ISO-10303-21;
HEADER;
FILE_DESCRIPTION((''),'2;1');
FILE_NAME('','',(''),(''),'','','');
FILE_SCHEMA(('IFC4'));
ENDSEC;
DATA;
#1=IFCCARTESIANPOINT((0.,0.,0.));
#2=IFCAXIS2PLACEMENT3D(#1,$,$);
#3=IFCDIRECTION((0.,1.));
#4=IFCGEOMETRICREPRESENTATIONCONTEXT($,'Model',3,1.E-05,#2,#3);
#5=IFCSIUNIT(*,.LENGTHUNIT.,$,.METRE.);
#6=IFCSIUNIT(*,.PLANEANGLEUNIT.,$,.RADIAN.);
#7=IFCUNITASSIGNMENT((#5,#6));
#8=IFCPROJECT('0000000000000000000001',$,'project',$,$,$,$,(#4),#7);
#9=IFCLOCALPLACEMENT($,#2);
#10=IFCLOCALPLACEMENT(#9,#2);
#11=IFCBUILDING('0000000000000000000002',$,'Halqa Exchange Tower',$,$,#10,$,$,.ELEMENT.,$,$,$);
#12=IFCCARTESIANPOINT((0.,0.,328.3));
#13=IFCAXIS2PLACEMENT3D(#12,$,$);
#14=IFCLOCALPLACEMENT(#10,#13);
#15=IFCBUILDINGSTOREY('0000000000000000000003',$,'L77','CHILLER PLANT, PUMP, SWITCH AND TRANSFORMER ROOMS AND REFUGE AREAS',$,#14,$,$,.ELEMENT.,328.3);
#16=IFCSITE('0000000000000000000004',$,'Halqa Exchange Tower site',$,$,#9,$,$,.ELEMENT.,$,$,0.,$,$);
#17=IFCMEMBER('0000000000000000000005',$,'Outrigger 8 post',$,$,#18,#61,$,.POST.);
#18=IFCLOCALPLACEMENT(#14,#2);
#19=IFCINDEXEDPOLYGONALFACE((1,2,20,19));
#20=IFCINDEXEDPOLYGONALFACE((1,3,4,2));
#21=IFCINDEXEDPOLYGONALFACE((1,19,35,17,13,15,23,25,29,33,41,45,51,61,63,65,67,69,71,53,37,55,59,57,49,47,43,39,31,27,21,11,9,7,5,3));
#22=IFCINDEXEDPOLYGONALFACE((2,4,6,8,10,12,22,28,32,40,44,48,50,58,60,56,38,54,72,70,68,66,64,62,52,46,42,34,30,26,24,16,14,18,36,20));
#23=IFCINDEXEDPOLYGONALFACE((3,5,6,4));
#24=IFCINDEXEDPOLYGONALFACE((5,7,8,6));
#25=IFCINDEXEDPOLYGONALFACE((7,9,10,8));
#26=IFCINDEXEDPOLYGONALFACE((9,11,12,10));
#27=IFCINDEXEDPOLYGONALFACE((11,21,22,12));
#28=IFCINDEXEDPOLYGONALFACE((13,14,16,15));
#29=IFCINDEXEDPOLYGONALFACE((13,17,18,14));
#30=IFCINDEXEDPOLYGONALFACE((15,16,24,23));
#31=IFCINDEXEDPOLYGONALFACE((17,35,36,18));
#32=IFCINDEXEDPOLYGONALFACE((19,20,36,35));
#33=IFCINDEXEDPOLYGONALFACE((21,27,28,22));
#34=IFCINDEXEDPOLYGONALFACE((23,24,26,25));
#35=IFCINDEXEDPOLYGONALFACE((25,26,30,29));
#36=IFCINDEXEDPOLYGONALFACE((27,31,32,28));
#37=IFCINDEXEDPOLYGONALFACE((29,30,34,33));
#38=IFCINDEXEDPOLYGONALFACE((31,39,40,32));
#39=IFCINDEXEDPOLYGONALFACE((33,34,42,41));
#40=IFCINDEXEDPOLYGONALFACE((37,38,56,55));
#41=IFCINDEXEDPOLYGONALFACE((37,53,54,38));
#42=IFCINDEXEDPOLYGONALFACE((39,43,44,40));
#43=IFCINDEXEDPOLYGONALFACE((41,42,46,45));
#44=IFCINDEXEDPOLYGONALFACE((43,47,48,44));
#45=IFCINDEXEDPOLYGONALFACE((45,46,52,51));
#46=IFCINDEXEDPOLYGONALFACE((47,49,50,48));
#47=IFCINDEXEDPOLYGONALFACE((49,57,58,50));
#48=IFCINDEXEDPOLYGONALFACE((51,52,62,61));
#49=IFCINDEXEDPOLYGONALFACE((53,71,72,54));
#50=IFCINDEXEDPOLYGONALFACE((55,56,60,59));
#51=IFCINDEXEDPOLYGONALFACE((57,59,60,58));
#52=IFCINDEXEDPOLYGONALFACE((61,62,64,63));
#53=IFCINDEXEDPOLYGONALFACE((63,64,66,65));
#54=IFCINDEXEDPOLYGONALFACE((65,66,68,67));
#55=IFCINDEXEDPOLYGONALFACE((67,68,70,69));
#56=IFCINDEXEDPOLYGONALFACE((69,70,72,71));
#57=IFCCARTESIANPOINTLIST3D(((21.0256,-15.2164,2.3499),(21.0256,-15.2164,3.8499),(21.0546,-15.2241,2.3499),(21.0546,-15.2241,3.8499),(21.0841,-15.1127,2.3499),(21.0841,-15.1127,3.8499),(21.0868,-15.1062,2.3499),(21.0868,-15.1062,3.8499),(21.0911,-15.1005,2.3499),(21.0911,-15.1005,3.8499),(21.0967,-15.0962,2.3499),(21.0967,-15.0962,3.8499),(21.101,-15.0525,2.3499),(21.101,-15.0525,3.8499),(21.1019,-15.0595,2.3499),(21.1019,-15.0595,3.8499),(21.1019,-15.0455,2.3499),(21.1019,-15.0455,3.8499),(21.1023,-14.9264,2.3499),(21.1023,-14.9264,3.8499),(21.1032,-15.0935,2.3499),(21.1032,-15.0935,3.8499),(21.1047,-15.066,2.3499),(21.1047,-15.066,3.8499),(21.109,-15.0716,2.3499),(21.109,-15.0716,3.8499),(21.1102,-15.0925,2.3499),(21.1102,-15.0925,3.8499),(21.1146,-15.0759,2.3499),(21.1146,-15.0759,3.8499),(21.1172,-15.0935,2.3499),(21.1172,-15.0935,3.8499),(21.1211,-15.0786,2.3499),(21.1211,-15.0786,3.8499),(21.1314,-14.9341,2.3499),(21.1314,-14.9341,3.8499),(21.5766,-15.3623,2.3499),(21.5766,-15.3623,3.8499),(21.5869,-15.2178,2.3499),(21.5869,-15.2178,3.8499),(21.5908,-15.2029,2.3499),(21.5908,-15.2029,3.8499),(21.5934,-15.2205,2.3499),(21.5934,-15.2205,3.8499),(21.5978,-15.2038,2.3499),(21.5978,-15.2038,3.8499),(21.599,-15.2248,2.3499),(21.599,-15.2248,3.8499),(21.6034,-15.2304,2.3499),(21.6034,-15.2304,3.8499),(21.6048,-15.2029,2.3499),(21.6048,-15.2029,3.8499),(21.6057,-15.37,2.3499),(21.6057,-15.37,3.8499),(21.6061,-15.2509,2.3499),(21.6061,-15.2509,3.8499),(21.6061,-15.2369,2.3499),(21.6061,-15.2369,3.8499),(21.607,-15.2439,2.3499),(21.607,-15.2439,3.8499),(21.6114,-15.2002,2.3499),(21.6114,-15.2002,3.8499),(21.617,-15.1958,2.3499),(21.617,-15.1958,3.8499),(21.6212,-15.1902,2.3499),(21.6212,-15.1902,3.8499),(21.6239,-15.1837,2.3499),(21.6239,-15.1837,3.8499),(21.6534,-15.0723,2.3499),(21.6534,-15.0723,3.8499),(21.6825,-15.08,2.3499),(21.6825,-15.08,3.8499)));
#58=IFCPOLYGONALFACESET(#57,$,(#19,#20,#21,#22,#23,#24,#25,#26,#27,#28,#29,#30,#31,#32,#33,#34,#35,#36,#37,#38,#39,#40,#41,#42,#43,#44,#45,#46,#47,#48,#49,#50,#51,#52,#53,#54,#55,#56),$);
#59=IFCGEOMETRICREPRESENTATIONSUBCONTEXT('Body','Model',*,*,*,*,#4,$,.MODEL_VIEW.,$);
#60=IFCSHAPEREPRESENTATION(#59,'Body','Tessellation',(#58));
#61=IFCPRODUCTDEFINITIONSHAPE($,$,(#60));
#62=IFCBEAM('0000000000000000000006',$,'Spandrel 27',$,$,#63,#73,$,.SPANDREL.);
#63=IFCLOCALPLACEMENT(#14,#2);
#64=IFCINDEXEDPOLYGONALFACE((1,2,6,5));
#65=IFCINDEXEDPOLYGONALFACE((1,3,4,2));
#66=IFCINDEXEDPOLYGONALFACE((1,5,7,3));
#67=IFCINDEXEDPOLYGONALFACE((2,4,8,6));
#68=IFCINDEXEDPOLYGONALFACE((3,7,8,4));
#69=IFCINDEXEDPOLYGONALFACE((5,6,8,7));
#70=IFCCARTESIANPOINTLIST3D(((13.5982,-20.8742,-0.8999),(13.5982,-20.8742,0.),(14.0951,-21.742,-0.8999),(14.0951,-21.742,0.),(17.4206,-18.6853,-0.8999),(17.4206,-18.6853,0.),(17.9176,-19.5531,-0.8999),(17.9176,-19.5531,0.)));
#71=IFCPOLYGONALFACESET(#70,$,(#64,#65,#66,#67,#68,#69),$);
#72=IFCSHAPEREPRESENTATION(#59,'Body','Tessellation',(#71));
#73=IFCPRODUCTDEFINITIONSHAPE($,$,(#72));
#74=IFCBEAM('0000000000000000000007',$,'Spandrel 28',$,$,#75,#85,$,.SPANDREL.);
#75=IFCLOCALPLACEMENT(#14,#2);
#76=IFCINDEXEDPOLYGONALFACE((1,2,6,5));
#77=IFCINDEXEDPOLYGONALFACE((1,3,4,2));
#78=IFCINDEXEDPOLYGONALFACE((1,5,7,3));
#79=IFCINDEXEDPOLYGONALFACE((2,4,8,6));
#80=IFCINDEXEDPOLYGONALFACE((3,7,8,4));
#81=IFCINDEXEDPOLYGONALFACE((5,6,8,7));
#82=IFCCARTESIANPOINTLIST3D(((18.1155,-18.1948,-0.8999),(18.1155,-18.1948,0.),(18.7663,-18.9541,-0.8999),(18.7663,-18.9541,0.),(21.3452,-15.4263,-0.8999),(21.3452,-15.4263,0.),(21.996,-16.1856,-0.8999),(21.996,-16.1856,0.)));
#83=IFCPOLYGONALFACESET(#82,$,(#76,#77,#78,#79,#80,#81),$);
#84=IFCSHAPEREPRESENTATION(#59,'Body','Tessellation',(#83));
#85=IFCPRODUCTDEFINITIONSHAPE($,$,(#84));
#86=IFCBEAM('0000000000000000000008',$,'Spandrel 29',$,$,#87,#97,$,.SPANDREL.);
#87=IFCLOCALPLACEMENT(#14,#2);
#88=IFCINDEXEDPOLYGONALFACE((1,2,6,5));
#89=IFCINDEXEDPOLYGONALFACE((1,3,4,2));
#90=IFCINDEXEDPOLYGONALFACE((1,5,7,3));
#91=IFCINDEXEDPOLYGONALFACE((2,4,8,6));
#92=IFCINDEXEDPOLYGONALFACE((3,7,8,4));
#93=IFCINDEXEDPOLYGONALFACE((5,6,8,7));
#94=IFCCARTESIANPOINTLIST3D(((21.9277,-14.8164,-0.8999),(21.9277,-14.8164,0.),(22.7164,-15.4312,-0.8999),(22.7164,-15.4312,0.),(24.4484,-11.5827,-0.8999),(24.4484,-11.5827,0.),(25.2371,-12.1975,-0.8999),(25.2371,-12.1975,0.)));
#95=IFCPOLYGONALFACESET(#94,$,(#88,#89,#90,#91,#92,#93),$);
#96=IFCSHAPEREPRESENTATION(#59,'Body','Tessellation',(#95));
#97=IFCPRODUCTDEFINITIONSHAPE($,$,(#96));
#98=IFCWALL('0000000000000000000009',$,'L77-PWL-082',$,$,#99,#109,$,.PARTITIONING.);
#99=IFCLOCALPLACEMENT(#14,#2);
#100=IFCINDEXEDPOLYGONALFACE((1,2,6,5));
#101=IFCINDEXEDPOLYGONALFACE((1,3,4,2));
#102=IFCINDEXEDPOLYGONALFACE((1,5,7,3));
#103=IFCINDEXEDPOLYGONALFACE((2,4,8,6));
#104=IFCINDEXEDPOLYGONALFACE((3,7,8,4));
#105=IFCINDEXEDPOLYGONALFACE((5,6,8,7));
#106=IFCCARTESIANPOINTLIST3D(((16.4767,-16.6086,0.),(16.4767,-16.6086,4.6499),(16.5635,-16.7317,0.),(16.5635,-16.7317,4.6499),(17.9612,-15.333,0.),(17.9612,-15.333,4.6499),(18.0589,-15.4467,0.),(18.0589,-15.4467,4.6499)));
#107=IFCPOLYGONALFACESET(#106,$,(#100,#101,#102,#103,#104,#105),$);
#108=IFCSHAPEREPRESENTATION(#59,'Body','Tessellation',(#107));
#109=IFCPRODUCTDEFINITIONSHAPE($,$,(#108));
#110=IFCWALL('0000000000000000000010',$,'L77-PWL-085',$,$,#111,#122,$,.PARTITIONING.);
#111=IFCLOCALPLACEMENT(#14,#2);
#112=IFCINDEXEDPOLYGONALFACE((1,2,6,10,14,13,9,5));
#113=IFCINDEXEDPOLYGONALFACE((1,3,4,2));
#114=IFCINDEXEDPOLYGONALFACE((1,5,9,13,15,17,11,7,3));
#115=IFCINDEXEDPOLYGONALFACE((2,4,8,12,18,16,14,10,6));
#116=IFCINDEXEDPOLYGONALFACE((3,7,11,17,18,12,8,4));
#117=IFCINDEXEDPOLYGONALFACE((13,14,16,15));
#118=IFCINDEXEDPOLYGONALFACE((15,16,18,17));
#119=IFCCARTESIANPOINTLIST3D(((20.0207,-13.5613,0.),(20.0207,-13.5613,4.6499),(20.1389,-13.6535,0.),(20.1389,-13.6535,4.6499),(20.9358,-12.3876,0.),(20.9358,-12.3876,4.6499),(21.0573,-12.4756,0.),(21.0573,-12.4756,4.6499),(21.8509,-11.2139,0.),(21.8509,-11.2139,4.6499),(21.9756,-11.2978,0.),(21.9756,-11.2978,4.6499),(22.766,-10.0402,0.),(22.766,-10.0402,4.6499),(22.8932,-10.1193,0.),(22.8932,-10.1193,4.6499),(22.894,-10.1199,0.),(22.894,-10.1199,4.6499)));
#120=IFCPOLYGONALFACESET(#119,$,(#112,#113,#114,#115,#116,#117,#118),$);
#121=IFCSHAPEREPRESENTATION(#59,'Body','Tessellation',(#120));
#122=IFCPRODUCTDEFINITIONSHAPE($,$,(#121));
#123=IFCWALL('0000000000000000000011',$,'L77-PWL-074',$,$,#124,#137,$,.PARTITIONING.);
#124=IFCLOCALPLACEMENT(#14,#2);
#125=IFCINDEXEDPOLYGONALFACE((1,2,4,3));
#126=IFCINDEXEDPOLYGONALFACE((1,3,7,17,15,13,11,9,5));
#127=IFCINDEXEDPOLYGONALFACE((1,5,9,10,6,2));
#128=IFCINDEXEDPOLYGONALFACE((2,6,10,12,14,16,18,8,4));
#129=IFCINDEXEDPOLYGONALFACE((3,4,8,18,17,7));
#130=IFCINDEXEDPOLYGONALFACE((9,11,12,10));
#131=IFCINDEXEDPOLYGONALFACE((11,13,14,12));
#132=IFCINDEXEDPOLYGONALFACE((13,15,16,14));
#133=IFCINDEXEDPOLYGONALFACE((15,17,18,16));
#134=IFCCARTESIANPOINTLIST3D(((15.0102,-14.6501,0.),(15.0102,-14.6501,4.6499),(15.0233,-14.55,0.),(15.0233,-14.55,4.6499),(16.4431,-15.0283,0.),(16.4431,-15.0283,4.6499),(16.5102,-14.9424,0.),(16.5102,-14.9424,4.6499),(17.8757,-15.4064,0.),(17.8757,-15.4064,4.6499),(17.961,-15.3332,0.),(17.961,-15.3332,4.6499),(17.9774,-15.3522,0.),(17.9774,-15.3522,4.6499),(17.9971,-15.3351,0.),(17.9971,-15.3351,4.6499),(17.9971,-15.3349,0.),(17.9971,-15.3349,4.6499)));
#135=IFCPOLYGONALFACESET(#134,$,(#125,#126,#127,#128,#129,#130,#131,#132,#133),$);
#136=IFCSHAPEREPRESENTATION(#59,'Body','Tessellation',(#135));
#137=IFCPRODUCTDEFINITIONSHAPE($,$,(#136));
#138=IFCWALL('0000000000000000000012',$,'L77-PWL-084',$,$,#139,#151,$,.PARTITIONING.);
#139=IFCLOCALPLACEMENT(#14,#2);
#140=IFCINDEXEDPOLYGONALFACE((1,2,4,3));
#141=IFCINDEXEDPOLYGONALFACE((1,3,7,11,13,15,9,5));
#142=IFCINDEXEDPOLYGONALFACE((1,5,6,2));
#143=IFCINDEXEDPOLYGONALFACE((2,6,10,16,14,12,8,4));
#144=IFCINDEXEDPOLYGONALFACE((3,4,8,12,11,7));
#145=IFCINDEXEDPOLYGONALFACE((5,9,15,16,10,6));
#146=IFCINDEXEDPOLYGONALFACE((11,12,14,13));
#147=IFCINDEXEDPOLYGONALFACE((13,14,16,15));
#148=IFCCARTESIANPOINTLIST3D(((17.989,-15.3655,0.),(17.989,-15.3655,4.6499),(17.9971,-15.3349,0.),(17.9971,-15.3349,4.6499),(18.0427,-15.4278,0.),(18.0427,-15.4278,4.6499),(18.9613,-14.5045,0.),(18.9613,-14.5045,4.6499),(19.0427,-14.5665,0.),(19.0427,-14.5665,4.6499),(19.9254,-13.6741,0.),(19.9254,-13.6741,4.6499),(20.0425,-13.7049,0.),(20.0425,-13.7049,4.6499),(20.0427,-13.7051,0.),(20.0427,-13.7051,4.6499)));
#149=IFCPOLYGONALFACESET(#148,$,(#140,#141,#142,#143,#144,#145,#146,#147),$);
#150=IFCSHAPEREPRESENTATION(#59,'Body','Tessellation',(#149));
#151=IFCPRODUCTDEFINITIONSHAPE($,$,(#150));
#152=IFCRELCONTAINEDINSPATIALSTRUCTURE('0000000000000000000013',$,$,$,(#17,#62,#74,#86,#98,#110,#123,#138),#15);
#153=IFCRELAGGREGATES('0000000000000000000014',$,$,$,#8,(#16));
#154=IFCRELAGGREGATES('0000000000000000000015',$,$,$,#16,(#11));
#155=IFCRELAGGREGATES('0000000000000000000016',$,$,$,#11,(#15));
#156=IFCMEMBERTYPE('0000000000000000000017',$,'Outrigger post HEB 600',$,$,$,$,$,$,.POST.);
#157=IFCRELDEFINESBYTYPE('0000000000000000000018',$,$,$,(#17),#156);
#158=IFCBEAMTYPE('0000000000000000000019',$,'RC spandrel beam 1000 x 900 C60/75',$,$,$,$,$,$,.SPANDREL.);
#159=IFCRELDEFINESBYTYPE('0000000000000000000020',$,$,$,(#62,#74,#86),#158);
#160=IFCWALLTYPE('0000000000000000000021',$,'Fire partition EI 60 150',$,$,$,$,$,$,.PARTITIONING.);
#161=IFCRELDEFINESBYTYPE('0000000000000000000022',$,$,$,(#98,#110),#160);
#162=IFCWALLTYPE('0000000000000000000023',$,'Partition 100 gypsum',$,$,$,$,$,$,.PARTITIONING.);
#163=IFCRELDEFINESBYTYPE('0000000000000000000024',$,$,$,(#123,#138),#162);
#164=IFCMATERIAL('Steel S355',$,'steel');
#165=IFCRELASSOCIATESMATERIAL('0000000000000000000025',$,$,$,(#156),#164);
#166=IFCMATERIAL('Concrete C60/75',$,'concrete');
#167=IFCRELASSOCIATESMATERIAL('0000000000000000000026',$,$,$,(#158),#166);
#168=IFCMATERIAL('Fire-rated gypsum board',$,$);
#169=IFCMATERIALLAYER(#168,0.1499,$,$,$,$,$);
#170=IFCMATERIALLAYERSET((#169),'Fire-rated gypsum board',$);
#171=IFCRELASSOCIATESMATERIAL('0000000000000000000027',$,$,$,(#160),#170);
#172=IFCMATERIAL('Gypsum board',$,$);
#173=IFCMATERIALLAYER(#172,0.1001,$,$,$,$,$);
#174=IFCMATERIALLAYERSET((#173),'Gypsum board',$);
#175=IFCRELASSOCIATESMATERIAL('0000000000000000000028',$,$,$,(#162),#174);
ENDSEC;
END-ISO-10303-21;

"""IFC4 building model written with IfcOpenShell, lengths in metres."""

from ifc_helpers import new_model, si_unit, direction, frame, origin, origin_2d, place, context, subcontext, project, spatial, polyline, rectangle, i_section, outline, extrude, material, layer, layer_set, material_profile, profile_set, type_object, element, save


model = new_model("IFC4")

# Units and contexts
model_context = context("Model", 3, precision=1e-05, world=origin(), true_north=direction((0.0, 1.0)))
body_context = subcontext(model_context, "Body", "Model", "MODEL_VIEW")
ifc_project = project(units=[si_unit("LENGTHUNIT", "METRE"), si_unit("PLANEANGLEUNIT", "RADIAN")], contexts=[model_context])

# Site, building, storey
site_placement = place(None, origin())
site = spatial("IfcSite", under=ifc_project, at=site_placement, Name="Halqa Exchange Tower site", CompositionType="ELEMENT", RefElevation=0.0)
building_placement = place(site_placement, origin())
building = spatial("IfcBuilding", under=site, at=building_placement, Name="Halqa Exchange Tower", CompositionType="ELEMENT")
storey_placement = place(building_placement, frame((0.0, 0.0, 328.3)))
storey = spatial("IfcBuildingStorey", under=building, at=storey_placement, Name="L77", Description="CHILLER PLANT, PUMP, SWITCH AND TRANSFORMER ROOMS AND REFUGE AREAS", CompositionType="ELEMENT", Elevation=328.3)

# Member
ifc_material_1 = material(Name="Steel S355", Category="steel")
ifc_material_profile_1 = material_profile(ifc_material_1, i_section(OverallWidth=0.3, OverallDepth=0.6001, WebThickness=0.0154, FlangeThickness=0.03, FilletRadius=0.0271, at=origin_2d()), Name="HEB 600")
ifc_profile_set_1 = profile_set([ifc_material_profile_1], Name="Steel S355")
member_type_1 = type_object("IfcMemberType", Name="Outrigger post HEB 600", PredefinedType="POST", material=ifc_profile_set_1)
member_1_placement = place(storey_placement, frame((21.354, -15.1482, 2.3499), z_axis=(0.0, 0.0, 1.0), x_axis=(0.255952, 0.96669, 0.0)))
element("IfcMember", 1, at=member_1_placement, inside=storey, type_object=member_type_1, Name="Outrigger 8 post", PredefinedType="POST", context=body_context, shape_type="SweptSolid", body=[
    extrude(i_section(OverallWidth=0.3, OverallDepth=0.6001, WebThickness=0.0154, FlangeThickness=0.03, FilletRadius=0.0271, at=origin_2d()), origin(), (0.0, 0.0, 1.0), 1.5),
])

# Beams
ifc_material_2 = material(Name="Concrete C60/75", Category="concrete")
ifc_material_profile_2 = material_profile(ifc_material_2, rectangle(XDim=1.0, YDim=0.8999, at=origin_2d()), Name="1000 x 900")
ifc_profile_set_2 = profile_set([ifc_material_profile_2], Name="Concrete C60/75")
beam_type = type_object("IfcBeamType", Name="RC spandrel beam 1000 x 900 C60/75", PredefinedType="SPANDREL", material=ifc_profile_set_2)
beam_1_placement = place(storey_placement, frame((13.8467, -21.3081, -0.45), z_axis=(0.867786, 0.496939, 0.0), x_axis=(-0.496939, 0.867786, 0.0)))
element("IfcBeam", 2, at=beam_1_placement, inside=storey, type_object=beam_type, Name="Spandrel 27", PredefinedType="SPANDREL", context=body_context, shape_type="SweptSolid", body=[
    extrude(rectangle(XDim=1.0, YDim=0.8999, at=origin_2d()), origin(), (0.0, 0.0, 1.0), 4.4048),
])
beam_2_placement = place(storey_placement, frame((18.4409, -18.5745, -0.45), z_axis=(0.759232, 0.65082, 0.0), x_axis=(-0.65082, 0.759232, 0.0)))
element("IfcBeam", 3, at=beam_2_placement, inside=storey, type_object=beam_type, Name="Spandrel 28", PredefinedType="SPANDREL", context=body_context, shape_type="SweptSolid", body=[
    extrude(rectangle(XDim=1.0, YDim=0.8999, at=origin_2d()), origin(), (0.0, 0.0, 1.0), 4.2539),
])
beam_3_placement = place(storey_placement, frame((22.322, -15.1238, -0.45), z_axis=(0.614806, 0.788678, 0.0), x_axis=(-0.788678, 0.614806, 0.0)))
element("IfcBeam", 4, at=beam_3_placement, inside=storey, type_object=beam_type, Name="Spandrel 29", PredefinedType="SPANDREL", context=body_context, shape_type="SweptSolid", body=[
    extrude(rectangle(XDim=1.0, YDim=0.8999, at=origin_2d()), origin(), (0.0, 0.0, 1.0), 4.1001),
])

# Walls
ifc_material_3 = material(Name="Fire-rated gypsum board")
ifc_layer_1 = layer(ifc_material_3, 0.1499)
ifc_layer_set_1 = layer_set([ifc_layer_1], Name="Fire-rated gypsum board")
wall_type_1 = type_object("IfcWallType", Name="Fire partition EI 60 150", PredefinedType="PARTITIONING", material=ifc_layer_set_1)
wall_1_placement = place(storey_placement, frame((16.5146, -16.6748, 0.0), z_axis=(0.0, 0.0, 1.0), x_axis=(0.758461, 0.651719, 0.0)))
element("IfcWall", 5, at=wall_1_placement, inside=storey, type_object=wall_type_1, Name="L77-PWL-082", PredefinedType="PARTITIONING", context=body_context, shape_type="SweptSolid", body=[
    extrude(outline(polyline([(1.9717, 0.075), (0.0144, 0.075), (0.0, -0.075), (0.0, -0.075), (1.9717, -0.075), (1.9717, 0.075)])), origin(), (0.0, 0.0, 1.0), 4.6499),
])
wall_2_placement = place(storey_placement, frame((20.0798, -13.6074, 0.0), z_axis=(0.0, 0.0, 1.0), x_axis=(0.614872, 0.788627, 0.0)))
element("IfcWall", 6, at=wall_2_placement, inside=storey, type_object=wall_type_1, Name="L77-PWL-085", PredefinedType="PARTITIONING", context=body_context, shape_type="SweptSolid", body=[
    extrude(outline(polyline([(4.4807, -0.075), (4.4807, -0.074), (4.4648, 0.075), (2.9766, 0.075), (1.4883, 0.075), (0.0, 0.075), (0.0, -0.075), (1.4937, -0.075), (2.9871, -0.075), (4.4807, -0.075)])), origin(), (0.0, 0.0, 1.0), 4.6499),
])
ifc_material_4 = material(Name="Gypsum board")
ifc_layer_2 = layer(ifc_material_4, 0.1001)
ifc_layer_set_2 = layer_set([ifc_layer_2], Name="Gypsum board")
wall_type_2 = type_object("IfcWallType", Name="Partition 100 gypsum", PredefinedType="PARTITIONING", material=ifc_layer_set_2)
wall_3_placement = place(storey_placement, frame((15.0105, -14.5984, 0.0), z_axis=(0.0, 0.0, 1.0), x_axis=(0.966889, -0.255197, 0.0)))
element("IfcWall", 7, at=wall_3_placement, inside=storey, type_object=wall_type_2, Name="L77-PWL-074", PredefinedType="PARTITIONING", context=body_context, shape_type="SweptSolid", body=[
    extrude(outline(polyline([(0.0129, -0.05), (1.4949, -0.05), (2.9766, -0.05), (3.0403, 0.0425), (3.061, 0.0283), (3.0757, 0.0498), (3.0757, 0.05), (1.5378, 0.05), (0.0, 0.05), (0.0129, -0.05), (0.0129, -0.05), (0.0129, -0.05)])), origin(), (0.0, 0.0, 1.0), 4.6499),
])
wall_4_placement = place(storey_placement, frame((18.01, -15.3899, 0.0), z_axis=(0.0, 0.0, 1.0), x_axis=(0.757687, 0.652618, 0.0)))
element("IfcWall", 8, at=wall_4_placement, inside=storey, type_object=wall_type_2, Name="L77-PWL-084", PredefinedType="PARTITIONING", context=body_context, shape_type="SweptSolid", body=[
    extrude(outline(polyline([(2.6396, -0.05), (2.6396, -0.0498), (2.571, 0.05), (1.2986, 0.05), (0.0261, 0.05), (0.0, 0.0322), (0.0, -0.05), (1.3198, -0.05), (2.6396, -0.05)])), origin(), (0.0, 0.0, 1.0), 4.6499),
])

save(model, "model.ifc")
